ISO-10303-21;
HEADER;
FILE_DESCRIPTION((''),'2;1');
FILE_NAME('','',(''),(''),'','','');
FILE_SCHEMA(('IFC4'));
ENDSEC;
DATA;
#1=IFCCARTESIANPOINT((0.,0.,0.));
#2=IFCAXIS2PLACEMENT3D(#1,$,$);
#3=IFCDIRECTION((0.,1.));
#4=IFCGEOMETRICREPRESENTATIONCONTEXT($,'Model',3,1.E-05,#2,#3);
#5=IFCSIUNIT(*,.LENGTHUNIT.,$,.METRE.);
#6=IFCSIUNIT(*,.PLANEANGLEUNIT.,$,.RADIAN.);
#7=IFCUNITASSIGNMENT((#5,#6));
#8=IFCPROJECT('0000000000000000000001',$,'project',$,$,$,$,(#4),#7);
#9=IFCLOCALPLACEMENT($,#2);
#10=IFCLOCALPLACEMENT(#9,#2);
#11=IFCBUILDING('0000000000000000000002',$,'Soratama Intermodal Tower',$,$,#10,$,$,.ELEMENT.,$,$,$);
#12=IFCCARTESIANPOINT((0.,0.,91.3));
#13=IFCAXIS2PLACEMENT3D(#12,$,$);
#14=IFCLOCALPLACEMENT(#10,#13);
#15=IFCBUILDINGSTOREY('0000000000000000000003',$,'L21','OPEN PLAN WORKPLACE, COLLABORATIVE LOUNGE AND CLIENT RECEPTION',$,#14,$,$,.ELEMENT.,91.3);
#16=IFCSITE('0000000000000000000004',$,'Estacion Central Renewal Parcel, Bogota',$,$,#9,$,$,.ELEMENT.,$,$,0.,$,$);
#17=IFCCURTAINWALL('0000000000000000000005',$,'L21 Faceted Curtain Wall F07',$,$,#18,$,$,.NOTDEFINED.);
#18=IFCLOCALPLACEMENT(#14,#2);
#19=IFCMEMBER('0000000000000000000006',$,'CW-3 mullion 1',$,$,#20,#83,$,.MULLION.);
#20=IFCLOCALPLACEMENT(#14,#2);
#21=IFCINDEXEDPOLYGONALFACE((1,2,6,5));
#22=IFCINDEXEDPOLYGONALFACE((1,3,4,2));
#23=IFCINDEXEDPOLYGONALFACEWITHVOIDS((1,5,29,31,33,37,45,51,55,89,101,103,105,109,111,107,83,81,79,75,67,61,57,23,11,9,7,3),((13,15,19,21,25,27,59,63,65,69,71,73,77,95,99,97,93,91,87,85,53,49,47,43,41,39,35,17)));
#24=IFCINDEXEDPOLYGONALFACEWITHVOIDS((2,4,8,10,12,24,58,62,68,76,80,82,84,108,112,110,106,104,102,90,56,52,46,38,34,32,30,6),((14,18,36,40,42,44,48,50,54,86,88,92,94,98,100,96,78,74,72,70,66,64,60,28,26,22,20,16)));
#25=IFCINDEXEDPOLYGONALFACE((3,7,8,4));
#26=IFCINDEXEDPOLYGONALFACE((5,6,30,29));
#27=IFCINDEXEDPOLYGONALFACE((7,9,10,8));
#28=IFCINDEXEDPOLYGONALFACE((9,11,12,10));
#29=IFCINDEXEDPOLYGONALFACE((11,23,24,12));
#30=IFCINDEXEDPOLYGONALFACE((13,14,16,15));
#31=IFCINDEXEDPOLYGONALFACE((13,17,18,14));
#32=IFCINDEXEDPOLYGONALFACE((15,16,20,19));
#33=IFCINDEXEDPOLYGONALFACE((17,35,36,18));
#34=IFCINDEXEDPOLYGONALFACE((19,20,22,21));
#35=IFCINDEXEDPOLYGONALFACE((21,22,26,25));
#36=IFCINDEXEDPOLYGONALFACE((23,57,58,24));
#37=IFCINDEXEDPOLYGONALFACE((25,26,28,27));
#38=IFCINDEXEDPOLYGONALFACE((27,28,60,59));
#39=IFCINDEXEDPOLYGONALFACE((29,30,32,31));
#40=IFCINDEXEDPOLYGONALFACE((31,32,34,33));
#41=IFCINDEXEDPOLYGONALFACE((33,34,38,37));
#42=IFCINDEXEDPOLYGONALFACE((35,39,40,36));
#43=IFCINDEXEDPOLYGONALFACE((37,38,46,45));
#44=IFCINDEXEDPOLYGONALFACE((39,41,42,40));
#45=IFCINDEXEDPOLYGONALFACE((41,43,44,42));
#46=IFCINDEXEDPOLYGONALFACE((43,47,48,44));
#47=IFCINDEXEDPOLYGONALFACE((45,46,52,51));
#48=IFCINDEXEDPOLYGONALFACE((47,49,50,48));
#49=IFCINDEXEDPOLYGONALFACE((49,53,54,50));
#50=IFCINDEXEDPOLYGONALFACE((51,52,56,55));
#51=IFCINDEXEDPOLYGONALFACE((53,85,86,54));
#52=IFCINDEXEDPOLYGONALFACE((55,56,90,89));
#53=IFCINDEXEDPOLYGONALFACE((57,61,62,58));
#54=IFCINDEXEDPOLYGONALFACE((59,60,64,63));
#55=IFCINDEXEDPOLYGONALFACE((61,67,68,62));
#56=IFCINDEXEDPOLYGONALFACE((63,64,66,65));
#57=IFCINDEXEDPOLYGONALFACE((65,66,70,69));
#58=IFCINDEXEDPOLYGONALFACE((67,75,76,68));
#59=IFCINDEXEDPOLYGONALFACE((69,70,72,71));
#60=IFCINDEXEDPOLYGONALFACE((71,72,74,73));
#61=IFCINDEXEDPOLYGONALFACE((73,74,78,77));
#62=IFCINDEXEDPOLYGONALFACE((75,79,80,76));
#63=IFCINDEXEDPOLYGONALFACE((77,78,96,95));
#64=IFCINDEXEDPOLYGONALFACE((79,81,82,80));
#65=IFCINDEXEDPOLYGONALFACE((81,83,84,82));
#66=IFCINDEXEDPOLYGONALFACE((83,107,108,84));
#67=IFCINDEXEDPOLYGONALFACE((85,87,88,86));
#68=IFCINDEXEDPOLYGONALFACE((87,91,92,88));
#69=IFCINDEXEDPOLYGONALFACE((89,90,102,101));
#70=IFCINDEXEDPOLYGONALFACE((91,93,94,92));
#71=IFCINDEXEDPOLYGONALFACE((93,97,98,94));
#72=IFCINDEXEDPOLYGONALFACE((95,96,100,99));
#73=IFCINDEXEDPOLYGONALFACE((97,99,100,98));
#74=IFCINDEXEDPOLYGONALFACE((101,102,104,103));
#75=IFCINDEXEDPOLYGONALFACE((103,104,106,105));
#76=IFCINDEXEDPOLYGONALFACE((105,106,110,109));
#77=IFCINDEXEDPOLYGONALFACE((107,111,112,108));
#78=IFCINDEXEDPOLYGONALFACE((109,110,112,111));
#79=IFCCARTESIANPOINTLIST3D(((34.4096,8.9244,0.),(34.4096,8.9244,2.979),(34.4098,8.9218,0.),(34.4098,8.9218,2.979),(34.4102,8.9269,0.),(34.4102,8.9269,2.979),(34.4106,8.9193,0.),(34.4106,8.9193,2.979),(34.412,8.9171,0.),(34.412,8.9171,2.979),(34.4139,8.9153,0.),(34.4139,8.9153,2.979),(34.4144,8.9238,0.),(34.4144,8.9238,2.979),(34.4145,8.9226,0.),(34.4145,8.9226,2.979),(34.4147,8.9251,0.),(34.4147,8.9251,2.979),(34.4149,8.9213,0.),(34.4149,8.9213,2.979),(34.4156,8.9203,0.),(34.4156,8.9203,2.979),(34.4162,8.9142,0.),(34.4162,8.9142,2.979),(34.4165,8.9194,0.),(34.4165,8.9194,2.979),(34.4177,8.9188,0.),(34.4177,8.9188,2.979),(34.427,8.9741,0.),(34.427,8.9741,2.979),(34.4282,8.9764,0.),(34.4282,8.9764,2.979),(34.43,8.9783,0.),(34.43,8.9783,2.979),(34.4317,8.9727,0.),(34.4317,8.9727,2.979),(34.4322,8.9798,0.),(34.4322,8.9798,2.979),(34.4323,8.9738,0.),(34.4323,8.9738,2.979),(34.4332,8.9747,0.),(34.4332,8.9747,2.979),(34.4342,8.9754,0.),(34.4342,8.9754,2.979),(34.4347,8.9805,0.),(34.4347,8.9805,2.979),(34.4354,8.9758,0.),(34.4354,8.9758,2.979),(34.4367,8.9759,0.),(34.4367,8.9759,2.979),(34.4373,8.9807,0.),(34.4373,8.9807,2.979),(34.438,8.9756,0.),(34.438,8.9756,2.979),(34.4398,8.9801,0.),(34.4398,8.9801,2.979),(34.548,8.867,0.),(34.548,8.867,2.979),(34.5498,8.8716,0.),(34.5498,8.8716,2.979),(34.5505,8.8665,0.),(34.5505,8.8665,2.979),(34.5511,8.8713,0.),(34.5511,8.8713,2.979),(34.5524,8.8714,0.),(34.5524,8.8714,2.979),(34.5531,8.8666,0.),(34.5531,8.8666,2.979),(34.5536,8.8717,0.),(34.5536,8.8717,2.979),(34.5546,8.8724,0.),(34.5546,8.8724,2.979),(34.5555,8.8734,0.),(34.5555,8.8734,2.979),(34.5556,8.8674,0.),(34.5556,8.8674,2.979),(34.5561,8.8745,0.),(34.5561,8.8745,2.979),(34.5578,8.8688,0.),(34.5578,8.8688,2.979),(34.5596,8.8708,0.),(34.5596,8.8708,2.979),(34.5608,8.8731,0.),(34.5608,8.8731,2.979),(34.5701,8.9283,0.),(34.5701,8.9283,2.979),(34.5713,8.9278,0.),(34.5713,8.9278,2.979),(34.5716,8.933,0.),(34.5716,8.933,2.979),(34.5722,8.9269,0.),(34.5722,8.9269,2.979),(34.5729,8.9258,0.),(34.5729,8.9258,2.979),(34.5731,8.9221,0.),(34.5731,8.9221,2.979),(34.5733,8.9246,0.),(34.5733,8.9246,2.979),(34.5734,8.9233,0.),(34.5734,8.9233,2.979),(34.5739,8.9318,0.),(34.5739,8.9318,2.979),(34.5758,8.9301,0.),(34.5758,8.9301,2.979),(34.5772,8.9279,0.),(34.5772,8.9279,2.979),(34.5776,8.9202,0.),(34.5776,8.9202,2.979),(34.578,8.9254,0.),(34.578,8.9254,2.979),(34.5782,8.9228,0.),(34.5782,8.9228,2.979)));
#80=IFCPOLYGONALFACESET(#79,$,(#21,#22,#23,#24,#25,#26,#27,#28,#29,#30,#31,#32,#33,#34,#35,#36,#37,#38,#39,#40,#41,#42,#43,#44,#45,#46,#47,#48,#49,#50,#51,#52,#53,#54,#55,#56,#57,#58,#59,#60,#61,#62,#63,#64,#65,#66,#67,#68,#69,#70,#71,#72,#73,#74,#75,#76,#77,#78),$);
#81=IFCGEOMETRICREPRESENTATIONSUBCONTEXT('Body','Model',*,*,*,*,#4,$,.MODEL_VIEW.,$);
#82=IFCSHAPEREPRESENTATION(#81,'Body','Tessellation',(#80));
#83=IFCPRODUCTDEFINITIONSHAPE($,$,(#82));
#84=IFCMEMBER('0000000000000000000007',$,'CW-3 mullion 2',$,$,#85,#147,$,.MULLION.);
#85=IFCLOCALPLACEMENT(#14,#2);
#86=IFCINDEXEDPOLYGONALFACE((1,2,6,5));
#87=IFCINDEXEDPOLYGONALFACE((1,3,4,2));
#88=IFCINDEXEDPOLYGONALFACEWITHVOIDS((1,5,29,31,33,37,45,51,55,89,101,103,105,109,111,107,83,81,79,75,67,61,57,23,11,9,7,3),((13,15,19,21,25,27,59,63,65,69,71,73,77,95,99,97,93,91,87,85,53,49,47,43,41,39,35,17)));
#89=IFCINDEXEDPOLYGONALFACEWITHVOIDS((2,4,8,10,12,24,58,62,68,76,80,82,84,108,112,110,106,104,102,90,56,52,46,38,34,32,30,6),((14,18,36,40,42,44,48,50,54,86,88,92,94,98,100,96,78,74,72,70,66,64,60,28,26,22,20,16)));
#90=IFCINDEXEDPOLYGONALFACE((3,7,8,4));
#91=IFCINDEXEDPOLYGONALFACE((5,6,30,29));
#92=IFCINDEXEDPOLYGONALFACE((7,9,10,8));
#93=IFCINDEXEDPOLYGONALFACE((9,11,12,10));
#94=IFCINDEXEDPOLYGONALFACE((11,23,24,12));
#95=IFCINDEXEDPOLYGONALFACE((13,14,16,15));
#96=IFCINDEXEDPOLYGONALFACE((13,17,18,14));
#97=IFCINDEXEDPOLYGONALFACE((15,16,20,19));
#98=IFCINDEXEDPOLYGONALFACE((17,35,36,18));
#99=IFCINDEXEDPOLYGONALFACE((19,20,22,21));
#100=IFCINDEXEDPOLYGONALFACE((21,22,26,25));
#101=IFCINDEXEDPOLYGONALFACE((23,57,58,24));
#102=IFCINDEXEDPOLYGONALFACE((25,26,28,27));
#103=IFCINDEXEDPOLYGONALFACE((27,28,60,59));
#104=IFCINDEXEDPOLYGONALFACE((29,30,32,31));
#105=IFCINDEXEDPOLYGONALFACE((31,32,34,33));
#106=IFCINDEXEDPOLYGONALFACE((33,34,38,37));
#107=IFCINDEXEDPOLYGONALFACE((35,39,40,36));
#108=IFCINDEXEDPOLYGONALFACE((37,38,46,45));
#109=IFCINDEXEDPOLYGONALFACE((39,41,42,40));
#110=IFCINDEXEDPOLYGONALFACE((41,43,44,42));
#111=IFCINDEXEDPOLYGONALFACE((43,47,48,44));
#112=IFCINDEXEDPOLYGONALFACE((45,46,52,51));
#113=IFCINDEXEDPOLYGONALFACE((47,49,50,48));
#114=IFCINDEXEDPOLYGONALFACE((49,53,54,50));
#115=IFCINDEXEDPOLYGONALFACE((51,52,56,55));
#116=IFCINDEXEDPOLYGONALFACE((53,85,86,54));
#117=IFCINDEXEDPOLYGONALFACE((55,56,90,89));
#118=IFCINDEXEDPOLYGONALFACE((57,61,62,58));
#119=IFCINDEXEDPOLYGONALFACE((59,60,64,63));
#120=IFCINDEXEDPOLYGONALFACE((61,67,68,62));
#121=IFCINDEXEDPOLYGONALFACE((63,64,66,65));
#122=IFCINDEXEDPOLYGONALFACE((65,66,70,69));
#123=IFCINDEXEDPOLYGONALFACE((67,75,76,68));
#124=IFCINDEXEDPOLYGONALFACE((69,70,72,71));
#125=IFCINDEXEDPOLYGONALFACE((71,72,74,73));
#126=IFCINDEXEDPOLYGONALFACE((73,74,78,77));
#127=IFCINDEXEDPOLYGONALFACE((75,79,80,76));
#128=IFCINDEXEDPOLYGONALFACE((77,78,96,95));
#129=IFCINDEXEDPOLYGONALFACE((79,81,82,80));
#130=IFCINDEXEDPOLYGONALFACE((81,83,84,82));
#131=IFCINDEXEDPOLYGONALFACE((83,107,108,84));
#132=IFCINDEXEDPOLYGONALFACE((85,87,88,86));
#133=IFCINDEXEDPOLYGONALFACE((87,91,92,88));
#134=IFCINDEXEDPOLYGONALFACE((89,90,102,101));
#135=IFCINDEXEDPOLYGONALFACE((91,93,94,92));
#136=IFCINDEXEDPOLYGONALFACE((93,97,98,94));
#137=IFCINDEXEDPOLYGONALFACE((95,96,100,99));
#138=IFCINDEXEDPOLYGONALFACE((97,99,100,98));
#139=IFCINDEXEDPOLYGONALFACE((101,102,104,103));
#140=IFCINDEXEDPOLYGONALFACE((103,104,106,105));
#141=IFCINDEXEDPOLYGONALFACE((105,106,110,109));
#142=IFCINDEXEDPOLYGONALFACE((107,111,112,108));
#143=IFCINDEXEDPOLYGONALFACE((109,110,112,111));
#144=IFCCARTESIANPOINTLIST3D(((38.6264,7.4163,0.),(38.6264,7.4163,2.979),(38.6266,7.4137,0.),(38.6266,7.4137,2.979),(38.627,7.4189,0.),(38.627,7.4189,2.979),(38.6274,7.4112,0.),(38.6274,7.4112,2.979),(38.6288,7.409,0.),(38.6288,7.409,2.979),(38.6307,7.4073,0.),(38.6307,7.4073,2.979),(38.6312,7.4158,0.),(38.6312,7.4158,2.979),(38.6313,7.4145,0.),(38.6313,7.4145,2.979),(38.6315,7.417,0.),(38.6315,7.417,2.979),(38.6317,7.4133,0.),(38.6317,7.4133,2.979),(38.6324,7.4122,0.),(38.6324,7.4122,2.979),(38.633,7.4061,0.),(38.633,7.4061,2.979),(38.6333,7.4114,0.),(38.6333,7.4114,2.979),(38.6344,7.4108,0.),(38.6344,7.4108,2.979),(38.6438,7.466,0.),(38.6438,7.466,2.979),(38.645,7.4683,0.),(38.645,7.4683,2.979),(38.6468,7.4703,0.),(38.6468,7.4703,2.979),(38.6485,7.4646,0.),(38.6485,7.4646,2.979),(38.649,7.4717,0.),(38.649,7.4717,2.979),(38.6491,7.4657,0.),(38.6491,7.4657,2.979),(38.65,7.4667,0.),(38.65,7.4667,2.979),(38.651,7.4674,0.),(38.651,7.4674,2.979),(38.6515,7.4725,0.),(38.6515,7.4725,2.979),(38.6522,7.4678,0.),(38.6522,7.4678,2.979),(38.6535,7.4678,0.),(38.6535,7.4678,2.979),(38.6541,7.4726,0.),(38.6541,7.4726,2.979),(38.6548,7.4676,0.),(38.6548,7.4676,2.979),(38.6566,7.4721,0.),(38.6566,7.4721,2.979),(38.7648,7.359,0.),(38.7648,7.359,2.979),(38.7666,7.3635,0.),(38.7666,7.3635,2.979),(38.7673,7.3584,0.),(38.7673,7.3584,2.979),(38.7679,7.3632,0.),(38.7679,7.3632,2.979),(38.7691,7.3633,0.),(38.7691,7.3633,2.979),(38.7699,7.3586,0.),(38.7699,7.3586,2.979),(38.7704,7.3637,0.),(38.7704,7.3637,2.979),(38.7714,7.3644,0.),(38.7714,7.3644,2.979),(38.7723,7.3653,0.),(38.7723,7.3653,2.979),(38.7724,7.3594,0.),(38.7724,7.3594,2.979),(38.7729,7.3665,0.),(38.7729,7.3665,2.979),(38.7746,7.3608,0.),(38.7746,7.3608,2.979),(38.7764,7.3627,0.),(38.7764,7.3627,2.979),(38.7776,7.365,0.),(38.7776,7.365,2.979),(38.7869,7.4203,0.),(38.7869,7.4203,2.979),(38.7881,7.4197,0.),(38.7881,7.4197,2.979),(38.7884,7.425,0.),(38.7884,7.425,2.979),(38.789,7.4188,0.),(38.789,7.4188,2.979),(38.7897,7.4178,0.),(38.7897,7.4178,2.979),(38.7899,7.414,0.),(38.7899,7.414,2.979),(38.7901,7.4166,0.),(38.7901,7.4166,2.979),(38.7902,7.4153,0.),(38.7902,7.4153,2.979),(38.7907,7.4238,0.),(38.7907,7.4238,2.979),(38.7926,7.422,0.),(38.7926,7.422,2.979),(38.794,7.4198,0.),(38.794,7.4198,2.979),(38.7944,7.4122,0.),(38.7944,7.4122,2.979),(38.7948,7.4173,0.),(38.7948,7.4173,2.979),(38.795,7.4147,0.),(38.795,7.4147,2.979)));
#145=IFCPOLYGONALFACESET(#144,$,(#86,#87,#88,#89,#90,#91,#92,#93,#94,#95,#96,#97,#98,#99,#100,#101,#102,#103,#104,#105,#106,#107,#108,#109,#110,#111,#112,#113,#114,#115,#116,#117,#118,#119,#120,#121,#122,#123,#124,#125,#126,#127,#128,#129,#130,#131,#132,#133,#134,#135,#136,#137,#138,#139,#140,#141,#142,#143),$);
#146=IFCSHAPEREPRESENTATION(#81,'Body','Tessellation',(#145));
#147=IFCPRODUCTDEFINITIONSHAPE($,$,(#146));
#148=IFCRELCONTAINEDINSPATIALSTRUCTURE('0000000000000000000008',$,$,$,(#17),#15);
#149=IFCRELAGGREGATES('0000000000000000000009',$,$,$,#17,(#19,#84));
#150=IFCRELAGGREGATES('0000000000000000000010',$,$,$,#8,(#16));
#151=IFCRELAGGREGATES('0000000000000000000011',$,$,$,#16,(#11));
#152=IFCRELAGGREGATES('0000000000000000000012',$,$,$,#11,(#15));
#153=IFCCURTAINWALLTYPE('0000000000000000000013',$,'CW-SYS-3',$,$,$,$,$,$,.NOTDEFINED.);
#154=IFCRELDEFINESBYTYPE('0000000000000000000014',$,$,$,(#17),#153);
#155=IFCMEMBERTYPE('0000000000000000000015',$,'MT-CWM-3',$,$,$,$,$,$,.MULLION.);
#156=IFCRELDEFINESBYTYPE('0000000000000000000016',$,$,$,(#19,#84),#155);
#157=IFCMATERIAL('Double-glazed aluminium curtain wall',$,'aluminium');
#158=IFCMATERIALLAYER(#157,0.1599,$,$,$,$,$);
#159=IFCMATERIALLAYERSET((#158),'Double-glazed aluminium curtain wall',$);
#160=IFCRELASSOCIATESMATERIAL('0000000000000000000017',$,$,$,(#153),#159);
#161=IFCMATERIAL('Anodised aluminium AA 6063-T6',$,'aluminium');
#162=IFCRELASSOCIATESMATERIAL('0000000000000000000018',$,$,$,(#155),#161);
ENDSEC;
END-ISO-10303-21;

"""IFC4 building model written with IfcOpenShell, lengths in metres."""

from ifc_helpers import new_model, si_unit, direction, frame, origin, origin_2d, place, context, subcontext, project, spatial, hollow_rectangle, extrude, material, layer, layer_set, material_profile, profile_set, type_object, element, aggregate, save


model = new_model("IFC4")

# Units and contexts
model_context = context("Model", 3, precision=1e-05, world=origin(), true_north=direction((0.0, 1.0)))
body_context = subcontext(model_context, "Body", "Model", "MODEL_VIEW")
ifc_project = project(units=[si_unit("LENGTHUNIT", "METRE"), si_unit("PLANEANGLEUNIT", "RADIAN")], contexts=[model_context])

# Site, building, storey
site_placement = place(None, origin())
site = spatial("IfcSite", under=ifc_project, at=site_placement, Name="Estacion Central Renewal Parcel, Bogota", CompositionType="ELEMENT", RefElevation=0.0)
building_placement = place(site_placement, origin())
building = spatial("IfcBuilding", under=site, at=building_placement, Name="Soratama Intermodal Tower", CompositionType="ELEMENT")
storey_placement = place(building_placement, frame((0.0, 0.0, 91.3)))
storey = spatial("IfcBuildingStorey", under=building, at=storey_placement, Name="L21", Description="OPEN PLAN WORKPLACE, COLLABORATIVE LOUNGE AND CLIENT RECEPTION", CompositionType="ELEMENT", Elevation=91.3)

# Curtain wall, members
ifc_material_1 = material(Name="Double-glazed aluminium curtain wall", Category="aluminium")
ifc_layer_1 = layer(ifc_material_1, 0.1599)
ifc_layer_set_1 = layer_set([ifc_layer_1], Name="Double-glazed aluminium curtain wall")
curtain_wall_type = type_object("IfcCurtainWallType", Name="CW-SYS-3", PredefinedType="NOTDEFINED", material=ifc_layer_set_1)
curtain_wall_placement = place(storey_placement, origin())
curtain_wall = element("IfcCurtainWall", 1, at=curtain_wall_placement, inside=storey, type_object=curtain_wall_type, Name="L21 Faceted Curtain Wall F07", PredefinedType="NOTDEFINED")
ifc_material_2 = material(Name="Anodised aluminium AA 6063-T6", Category="aluminium")
ifc_material_profile_1 = material_profile(ifc_material_2, hollow_rectangle(XDim=0.0701, YDim=0.1599, WallThickness=0.0049, InnerFilletRadius=0.0049, OuterFilletRadius=0.01, at=origin_2d()), Name="CWM160X70X5")
ifc_profile_set_1 = profile_set([ifc_material_profile_1], Name="Anodised aluminium AA 6063-T6")
member_type_1 = type_object("IfcMemberType", Name="MT-CWM-3", PredefinedType="MULLION", material=ifc_profile_set_1)
member_1_placement = place(storey_placement, frame((34.4939, 8.9236, 0.0), z_axis=(0.0, 0.0, 1.0), x_axis=(0.336761, 0.94159, 0.0)))
member_1 = element("IfcMember", 2, at=member_1_placement, type_object=member_type_1, Name="CW-3 mullion 1", PredefinedType="MULLION", context=body_context, shape_type="SweptSolid", body=[
    extrude(hollow_rectangle(XDim=0.0701, YDim=0.1599, WallThickness=0.0049, InnerFilletRadius=0.0049, OuterFilletRadius=0.01, at=origin_2d()), origin(), (0.0, 0.0, 1.0), 2.979),
])
member_2_placement = place(storey_placement, frame((38.7107, 7.4155, 0.0), z_axis=(0.0, 0.0, 1.0), x_axis=(0.336761, 0.94159, 0.0)))
member_2 = element("IfcMember", 3, at=member_2_placement, type_object=member_type_1, Name="CW-3 mullion 2", PredefinedType="MULLION", context=body_context, shape_type="SweptSolid", body=[
    extrude(hollow_rectangle(XDim=0.0701, YDim=0.1599, WallThickness=0.0049, InnerFilletRadius=0.0049, OuterFilletRadius=0.01, at=origin_2d()), origin(), (0.0, 0.0, 1.0), 2.979),
])
aggregate(curtain_wall, [member_1, member_2])

save(model, "model.ifc")
